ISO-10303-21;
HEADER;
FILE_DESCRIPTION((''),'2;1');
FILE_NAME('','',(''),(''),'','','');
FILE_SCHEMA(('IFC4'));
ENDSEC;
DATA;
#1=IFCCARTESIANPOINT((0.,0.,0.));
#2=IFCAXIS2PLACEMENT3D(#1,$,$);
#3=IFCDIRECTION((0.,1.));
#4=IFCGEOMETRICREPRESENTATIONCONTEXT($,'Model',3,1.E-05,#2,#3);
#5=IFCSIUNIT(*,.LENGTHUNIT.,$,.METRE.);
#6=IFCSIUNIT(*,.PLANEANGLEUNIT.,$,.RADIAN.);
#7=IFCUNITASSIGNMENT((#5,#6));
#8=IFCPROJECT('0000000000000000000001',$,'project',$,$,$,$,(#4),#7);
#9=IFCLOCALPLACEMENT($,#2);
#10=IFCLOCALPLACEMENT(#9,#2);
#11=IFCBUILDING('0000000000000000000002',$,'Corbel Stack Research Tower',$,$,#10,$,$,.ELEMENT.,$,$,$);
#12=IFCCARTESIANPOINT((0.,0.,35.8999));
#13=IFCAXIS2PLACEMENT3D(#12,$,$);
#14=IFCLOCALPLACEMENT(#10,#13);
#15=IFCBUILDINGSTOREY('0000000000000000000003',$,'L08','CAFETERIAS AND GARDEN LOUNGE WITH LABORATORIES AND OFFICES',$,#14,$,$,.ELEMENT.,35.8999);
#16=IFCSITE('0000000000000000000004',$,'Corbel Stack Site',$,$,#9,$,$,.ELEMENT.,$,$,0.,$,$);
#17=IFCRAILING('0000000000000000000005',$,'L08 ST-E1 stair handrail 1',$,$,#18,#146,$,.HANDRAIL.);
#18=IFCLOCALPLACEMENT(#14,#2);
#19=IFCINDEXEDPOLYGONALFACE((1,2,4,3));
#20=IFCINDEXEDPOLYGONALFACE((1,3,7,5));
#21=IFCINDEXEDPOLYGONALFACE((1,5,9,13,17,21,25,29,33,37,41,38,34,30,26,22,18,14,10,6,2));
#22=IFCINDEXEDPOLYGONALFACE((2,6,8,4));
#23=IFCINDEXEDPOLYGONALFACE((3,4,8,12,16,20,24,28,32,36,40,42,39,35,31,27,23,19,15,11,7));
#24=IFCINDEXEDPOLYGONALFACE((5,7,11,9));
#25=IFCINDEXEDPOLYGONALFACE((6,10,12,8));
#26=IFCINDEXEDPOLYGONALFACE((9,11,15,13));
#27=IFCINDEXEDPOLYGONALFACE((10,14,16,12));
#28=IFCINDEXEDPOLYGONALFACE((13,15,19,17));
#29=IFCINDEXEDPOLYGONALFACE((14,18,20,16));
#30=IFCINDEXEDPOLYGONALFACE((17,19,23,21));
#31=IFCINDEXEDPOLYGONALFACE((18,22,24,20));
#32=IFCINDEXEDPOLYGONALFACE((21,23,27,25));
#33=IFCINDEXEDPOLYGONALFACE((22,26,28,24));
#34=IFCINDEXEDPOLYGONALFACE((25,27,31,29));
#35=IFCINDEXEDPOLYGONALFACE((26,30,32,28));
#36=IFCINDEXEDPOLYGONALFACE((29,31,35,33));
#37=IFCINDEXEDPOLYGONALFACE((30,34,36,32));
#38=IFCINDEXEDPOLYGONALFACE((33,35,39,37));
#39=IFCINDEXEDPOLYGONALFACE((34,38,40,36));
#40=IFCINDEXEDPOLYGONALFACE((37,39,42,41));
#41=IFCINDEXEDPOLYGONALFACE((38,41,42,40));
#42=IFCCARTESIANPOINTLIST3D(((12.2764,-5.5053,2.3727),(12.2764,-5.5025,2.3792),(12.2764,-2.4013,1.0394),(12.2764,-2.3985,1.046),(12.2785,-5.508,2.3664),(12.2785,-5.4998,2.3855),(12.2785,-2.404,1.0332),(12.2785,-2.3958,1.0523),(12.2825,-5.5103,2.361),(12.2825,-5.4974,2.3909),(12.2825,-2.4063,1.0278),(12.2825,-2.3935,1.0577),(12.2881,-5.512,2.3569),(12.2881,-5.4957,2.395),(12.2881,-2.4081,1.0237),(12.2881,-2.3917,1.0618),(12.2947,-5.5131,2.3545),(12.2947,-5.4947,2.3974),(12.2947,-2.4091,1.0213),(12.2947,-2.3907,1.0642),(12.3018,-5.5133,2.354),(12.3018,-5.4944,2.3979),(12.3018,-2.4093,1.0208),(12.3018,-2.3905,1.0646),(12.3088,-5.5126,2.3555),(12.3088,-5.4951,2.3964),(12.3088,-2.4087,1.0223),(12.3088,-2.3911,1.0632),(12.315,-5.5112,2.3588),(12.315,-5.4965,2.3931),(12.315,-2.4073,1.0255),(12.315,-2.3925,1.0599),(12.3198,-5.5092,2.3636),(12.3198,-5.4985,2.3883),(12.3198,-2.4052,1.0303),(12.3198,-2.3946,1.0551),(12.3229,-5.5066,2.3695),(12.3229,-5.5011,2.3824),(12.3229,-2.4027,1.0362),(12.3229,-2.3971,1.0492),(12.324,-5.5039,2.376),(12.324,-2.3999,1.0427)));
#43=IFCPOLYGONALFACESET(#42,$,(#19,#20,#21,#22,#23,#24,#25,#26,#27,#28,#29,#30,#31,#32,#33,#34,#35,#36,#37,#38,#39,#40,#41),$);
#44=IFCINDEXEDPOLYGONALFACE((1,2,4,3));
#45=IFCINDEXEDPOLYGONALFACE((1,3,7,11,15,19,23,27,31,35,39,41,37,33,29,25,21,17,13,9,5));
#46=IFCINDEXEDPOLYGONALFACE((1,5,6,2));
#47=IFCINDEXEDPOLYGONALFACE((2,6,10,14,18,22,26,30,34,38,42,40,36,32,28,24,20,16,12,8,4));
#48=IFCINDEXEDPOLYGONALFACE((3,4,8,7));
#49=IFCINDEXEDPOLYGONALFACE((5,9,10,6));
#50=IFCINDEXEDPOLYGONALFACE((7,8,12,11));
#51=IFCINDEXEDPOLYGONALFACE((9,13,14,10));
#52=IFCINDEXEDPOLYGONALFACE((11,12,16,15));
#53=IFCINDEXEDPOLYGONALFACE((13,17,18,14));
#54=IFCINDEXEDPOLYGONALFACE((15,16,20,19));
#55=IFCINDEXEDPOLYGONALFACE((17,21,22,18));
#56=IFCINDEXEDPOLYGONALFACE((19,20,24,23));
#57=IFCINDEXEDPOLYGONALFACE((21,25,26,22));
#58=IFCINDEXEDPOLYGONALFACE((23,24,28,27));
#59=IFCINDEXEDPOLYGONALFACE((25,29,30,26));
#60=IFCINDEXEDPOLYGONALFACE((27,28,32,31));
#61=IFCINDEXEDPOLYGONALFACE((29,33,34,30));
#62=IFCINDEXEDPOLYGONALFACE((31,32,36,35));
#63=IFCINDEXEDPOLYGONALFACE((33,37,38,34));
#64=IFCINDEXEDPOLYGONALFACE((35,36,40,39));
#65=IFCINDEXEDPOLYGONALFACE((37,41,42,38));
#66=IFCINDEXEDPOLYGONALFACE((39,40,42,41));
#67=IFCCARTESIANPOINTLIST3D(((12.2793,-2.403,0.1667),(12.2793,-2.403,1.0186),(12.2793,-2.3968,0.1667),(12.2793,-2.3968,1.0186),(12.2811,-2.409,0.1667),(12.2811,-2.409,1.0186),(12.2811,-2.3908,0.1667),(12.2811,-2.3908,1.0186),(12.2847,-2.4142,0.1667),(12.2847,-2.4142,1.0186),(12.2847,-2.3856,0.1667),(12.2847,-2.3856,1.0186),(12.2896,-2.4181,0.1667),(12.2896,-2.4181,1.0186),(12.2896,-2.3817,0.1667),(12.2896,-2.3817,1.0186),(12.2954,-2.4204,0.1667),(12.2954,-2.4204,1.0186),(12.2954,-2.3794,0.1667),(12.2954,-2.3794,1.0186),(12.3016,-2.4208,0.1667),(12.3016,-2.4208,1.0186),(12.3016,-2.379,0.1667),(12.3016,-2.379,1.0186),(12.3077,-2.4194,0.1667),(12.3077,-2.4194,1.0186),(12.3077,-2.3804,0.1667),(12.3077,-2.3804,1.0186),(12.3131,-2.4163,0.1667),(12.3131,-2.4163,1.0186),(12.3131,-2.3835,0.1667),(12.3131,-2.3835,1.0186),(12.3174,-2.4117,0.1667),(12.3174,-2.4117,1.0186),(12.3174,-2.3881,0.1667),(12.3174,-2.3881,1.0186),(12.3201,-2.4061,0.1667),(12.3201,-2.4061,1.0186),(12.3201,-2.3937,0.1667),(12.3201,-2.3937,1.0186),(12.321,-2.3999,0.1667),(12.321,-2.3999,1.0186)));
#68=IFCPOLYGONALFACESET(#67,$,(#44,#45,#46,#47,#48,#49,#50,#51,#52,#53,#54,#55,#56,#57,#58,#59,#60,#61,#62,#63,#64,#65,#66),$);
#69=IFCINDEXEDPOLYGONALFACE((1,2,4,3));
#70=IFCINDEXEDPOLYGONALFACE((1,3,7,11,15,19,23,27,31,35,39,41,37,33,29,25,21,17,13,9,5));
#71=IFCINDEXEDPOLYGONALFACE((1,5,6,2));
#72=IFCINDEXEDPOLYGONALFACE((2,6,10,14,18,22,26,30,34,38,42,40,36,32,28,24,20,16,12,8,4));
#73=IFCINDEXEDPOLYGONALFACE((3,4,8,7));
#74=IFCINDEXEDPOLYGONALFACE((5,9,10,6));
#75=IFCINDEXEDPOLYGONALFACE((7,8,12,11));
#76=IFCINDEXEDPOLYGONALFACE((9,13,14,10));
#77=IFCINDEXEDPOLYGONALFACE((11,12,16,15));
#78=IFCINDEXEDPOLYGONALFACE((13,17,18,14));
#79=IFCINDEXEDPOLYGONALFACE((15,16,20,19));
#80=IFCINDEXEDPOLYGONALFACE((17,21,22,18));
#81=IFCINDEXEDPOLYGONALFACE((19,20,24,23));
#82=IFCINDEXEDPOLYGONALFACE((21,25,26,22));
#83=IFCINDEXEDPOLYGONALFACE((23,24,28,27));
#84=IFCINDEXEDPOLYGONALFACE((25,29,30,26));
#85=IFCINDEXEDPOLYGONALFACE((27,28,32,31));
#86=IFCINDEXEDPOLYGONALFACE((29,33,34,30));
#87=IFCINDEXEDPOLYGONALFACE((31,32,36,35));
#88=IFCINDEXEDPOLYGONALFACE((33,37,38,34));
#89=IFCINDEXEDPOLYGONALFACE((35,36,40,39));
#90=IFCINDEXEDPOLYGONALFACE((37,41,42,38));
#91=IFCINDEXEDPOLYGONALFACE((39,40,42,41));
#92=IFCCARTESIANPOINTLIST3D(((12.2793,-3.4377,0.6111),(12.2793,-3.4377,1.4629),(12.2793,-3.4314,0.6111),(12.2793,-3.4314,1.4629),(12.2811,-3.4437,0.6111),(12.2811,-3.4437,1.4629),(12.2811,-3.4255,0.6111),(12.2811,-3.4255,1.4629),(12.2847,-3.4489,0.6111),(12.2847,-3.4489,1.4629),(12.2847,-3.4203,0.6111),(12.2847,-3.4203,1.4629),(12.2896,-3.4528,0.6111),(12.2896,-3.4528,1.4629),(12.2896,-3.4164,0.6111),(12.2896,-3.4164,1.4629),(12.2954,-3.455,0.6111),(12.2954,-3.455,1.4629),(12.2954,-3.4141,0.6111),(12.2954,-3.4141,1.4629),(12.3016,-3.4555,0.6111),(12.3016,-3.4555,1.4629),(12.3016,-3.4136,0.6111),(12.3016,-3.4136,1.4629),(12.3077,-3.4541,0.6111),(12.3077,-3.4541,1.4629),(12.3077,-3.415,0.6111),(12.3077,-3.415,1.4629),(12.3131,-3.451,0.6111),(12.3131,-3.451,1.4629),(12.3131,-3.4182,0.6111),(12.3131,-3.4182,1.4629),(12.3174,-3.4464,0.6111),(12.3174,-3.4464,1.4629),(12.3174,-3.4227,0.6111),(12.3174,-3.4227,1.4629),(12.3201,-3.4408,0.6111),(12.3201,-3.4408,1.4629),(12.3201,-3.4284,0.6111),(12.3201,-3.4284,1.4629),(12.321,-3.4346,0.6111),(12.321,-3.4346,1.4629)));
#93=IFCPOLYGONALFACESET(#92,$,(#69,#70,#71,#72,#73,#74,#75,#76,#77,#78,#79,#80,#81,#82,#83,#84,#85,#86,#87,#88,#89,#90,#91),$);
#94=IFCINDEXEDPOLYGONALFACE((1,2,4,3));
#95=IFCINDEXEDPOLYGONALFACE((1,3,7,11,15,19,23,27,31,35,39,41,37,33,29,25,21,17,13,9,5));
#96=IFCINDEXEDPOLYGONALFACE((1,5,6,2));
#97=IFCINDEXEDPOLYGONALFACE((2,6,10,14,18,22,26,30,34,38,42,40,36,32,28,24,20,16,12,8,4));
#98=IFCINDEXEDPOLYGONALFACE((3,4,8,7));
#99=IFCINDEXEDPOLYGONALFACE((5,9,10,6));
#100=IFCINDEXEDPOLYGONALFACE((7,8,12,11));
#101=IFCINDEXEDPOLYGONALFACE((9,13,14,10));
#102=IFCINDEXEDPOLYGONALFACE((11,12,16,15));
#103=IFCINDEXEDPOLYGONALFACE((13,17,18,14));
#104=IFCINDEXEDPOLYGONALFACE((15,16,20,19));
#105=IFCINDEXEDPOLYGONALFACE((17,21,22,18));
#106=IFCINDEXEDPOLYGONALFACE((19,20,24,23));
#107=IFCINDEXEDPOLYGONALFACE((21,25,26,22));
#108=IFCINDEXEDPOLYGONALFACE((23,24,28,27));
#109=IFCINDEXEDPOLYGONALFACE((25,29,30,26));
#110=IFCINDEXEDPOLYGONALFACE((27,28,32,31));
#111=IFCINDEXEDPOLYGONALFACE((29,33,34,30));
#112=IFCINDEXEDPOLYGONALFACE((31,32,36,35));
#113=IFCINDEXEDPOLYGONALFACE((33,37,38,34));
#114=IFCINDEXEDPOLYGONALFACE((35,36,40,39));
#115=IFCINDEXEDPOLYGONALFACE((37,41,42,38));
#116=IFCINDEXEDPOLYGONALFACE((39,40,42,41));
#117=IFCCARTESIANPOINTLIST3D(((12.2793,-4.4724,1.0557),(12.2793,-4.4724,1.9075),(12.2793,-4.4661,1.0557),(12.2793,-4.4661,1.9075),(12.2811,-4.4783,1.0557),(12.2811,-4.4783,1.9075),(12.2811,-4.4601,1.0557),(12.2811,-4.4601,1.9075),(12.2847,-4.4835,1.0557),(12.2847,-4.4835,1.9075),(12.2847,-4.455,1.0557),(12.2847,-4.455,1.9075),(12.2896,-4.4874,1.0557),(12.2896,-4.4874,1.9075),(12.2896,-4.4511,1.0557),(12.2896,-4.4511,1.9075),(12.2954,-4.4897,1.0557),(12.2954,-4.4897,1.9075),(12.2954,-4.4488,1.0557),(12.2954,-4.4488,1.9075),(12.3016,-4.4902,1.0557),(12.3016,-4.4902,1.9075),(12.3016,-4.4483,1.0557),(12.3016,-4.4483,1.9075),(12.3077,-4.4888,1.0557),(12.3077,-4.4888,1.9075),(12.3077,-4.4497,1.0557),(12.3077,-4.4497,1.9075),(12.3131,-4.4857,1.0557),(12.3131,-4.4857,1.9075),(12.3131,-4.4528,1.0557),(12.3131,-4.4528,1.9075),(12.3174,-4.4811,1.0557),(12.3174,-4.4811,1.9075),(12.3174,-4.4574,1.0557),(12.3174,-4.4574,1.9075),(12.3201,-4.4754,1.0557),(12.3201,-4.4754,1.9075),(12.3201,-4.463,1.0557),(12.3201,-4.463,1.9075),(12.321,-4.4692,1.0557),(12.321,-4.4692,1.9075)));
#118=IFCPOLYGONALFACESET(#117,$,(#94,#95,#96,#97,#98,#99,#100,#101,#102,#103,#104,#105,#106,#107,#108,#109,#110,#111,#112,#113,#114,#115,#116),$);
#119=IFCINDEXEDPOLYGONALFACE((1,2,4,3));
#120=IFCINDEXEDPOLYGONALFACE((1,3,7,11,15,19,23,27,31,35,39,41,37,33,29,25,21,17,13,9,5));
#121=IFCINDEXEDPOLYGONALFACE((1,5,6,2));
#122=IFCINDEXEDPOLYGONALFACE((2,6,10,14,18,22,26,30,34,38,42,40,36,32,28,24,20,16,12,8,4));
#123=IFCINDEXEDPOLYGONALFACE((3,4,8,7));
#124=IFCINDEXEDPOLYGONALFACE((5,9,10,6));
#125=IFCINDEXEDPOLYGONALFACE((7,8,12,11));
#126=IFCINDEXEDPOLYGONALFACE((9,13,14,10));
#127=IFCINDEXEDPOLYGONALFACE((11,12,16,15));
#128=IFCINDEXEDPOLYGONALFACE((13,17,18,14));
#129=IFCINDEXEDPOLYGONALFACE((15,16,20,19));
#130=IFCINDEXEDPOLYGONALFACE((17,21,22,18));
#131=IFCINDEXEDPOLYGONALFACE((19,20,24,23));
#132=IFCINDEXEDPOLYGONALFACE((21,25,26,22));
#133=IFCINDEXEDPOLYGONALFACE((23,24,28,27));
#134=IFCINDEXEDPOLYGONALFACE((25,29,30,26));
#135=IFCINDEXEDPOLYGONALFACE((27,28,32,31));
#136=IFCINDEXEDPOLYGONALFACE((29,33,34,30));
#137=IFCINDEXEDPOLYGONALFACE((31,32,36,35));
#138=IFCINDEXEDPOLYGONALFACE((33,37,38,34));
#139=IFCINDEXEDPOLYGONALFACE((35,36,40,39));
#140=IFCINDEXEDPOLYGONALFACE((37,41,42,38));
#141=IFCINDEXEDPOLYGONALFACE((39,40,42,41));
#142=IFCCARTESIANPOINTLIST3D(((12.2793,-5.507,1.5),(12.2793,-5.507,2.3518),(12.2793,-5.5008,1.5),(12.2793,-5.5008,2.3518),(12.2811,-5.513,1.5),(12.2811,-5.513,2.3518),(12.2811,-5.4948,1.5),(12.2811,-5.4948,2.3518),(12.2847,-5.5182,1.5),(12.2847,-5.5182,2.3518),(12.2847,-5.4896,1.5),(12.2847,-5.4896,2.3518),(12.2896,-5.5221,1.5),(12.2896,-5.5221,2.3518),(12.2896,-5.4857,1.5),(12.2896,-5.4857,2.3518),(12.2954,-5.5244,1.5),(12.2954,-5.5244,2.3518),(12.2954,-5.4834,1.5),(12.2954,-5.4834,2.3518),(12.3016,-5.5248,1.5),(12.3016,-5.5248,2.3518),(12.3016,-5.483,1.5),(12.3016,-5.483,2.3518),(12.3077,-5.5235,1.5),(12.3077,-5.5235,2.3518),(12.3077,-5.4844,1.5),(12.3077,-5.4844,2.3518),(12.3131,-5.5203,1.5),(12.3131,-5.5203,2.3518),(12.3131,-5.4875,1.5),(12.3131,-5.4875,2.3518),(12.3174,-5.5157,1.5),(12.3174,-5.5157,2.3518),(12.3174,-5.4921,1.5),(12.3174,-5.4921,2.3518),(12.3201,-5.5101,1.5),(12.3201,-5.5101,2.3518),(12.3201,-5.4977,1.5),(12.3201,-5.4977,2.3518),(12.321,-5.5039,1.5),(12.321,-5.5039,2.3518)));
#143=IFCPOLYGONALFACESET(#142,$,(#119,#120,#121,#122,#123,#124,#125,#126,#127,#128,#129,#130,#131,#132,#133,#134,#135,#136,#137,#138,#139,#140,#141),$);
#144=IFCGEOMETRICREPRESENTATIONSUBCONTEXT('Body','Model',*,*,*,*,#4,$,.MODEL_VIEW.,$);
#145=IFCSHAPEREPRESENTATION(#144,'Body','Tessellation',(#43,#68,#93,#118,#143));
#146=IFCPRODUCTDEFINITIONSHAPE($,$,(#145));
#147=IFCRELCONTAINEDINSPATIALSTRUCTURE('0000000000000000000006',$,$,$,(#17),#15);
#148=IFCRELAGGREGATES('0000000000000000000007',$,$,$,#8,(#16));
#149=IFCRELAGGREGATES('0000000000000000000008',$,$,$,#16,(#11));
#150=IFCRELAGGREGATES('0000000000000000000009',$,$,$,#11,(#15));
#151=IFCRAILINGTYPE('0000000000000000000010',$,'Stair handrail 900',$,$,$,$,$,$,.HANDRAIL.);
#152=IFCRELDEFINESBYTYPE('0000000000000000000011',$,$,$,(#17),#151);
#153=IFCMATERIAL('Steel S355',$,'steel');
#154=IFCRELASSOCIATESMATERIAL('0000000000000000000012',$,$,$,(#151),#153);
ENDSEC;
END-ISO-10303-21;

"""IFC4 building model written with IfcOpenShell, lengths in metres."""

from ifc_helpers import new_model, si_unit, direction, frame, origin, origin_2d, place, context, subcontext, project, spatial, circle, extrude, material, type_object, element, save


model = new_model("IFC4")

# Units and contexts
model_context = context("Model", 3, precision=1e-05, world=origin(), true_north=direction((0.0, 1.0)))
body_context = subcontext(model_context, "Body", "Model", "MODEL_VIEW")
ifc_project = project(units=[si_unit("LENGTHUNIT", "METRE"), si_unit("PLANEANGLEUNIT", "RADIAN")], contexts=[model_context])

# Site, building, storey
site_placement = place(None, origin())
site = spatial("IfcSite", under=ifc_project, at=site_placement, Name="Corbel Stack Site", CompositionType="ELEMENT", RefElevation=0.0)
building_placement = place(site_placement, origin())
building = spatial("IfcBuilding", under=site, at=building_placement, Name="Corbel Stack Research Tower", CompositionType="ELEMENT")
storey_placement = place(building_placement, frame((0.0, 0.0, 35.8999)))
storey = spatial("IfcBuildingStorey", under=building, at=storey_placement, Name="L08", Description="CAFETERIAS AND GARDEN LOUNGE WITH LABORATORIES AND OFFICES", CompositionType="ELEMENT", Elevation=35.8999)

# Railing
ifc_material_1 = material(Name="Steel S355", Category="steel")
railing_type_1 = type_object("IfcRailingType", Name="Stair handrail 900", PredefinedType="HANDRAIL", material=ifc_material_1)
railing_1_placement = place(storey_placement, frame((12.3, -2.3999, 0.1667)))
element("IfcRailing", 1, at=railing_1_placement, inside=storey, type_object=railing_type_1, Name="L08 ST-E1 stair handrail 1", PredefinedType="HANDRAIL", context=body_context, shape_type="SweptSolid", body=[
    extrude(circle(Radius=0.0239, at=origin_2d()), frame((0.0, 0.0, 0.876), z_axis=(0.0, -0.918827, 0.394661), x_axis=(1.0, 0.0, 0.0)), (0.0, 0.0, 1.0), 3.3782),
    extrude(circle(Radius=0.021, at=origin_2d()), origin(), (0.0, 0.0, 1.0), 0.8518),
    extrude(circle(Radius=0.021, at=origin_2d()), frame((0.0, -1.0347, 0.4443)), (0.0, 0.0, 1.0), 0.8518),
    extrude(circle(Radius=0.021, at=origin_2d()), frame((0.0, -2.0693, 0.8889)), (0.0, 0.0, 1.0), 0.8518),
    extrude(circle(Radius=0.021, at=origin_2d()), frame((0.0, -3.104, 1.3333)), (0.0, 0.0, 1.0), 0.8518),
])

save(model, "model.ifc")
